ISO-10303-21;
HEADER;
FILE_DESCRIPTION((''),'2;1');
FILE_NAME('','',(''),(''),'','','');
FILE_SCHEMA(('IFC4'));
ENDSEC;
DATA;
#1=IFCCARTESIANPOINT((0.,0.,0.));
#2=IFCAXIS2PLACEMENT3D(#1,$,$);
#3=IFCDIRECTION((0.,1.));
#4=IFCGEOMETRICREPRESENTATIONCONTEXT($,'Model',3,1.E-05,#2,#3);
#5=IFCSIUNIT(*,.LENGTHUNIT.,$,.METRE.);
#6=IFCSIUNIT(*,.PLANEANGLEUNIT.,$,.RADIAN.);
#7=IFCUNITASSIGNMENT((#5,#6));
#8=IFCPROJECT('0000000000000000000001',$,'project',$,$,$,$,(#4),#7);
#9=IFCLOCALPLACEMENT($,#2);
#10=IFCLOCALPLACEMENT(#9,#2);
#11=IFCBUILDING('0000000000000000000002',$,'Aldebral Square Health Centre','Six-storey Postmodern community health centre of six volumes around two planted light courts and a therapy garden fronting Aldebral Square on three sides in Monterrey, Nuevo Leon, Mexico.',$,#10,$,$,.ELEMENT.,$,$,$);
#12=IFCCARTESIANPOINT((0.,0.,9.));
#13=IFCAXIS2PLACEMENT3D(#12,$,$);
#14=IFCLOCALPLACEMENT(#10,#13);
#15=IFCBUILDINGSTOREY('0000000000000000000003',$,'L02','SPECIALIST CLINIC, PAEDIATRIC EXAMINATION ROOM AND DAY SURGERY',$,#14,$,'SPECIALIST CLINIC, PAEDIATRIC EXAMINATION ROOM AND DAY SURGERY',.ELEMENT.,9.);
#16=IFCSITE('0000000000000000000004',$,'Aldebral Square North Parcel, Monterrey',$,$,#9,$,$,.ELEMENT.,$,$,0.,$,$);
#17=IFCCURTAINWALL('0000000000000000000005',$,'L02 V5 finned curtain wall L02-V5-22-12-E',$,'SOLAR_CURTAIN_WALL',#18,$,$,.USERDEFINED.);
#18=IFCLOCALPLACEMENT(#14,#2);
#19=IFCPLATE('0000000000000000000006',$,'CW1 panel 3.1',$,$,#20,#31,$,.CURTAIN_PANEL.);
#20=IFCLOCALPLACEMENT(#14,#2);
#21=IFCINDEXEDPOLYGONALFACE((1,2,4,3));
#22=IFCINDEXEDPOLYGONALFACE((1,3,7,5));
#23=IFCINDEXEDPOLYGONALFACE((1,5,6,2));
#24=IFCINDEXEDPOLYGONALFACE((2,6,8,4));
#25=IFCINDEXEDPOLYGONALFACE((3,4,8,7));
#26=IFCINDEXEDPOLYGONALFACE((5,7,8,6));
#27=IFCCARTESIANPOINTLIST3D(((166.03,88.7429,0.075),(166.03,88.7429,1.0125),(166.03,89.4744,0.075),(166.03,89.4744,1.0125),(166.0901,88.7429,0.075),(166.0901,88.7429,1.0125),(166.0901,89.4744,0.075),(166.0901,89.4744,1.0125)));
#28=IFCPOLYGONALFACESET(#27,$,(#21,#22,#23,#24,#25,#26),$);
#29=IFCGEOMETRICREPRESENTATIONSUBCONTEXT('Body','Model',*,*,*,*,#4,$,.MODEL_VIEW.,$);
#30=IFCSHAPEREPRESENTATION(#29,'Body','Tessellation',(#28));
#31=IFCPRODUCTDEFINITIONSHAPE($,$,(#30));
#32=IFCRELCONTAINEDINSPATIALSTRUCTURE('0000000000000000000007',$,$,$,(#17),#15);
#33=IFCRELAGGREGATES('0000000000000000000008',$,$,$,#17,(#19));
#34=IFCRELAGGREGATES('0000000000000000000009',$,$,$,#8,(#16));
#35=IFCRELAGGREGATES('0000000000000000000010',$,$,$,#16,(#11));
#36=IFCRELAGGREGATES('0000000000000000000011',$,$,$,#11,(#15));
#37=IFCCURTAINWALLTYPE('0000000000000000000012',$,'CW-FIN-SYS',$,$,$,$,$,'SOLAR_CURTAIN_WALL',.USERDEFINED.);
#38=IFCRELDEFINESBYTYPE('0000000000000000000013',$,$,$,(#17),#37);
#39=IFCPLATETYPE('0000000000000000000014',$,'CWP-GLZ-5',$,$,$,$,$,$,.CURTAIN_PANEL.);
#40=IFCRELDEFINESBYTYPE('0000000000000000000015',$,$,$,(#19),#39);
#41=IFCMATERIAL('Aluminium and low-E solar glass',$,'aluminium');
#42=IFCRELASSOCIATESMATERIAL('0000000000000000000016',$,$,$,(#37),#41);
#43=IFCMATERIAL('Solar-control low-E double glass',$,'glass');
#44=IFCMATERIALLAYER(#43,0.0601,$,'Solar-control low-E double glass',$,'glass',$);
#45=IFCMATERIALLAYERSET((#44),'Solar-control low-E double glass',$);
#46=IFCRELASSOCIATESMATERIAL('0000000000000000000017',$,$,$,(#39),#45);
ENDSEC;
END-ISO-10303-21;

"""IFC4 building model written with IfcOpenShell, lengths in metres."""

from ifc_helpers import new_model, si_unit, direction, frame, origin, origin_2d, place, context, subcontext, project, spatial, rectangle, extrude, material, layer, layer_set, type_object, element, aggregate, save


model = new_model("IFC4")

# Units and contexts
model_context = context("Model", 3, precision=1e-05, world=origin(), true_north=direction((0.0, 1.0)))
body_context = subcontext(model_context, "Body", "Model", "MODEL_VIEW")
ifc_project = project(units=[si_unit("LENGTHUNIT", "METRE"), si_unit("PLANEANGLEUNIT", "RADIAN")], contexts=[model_context])

# Site, building, storey
site_placement = place(None, origin())
site = spatial("IfcSite", under=ifc_project, at=site_placement, Name="Aldebral Square North Parcel, Monterrey", CompositionType="ELEMENT", RefElevation=0.0)
building_placement = place(site_placement, origin())
building = spatial("IfcBuilding", under=site, at=building_placement, Name="Aldebral Square Health Centre", Description="Six-storey Postmodern community health centre of six volumes around two planted light courts and a therapy garden fronting Aldebral Square on three sides in Monterrey, Nuevo Leon, Mexico.", CompositionType="ELEMENT")
storey_placement = place(building_placement, frame((0.0, 0.0, 9.0)))
storey = spatial("IfcBuildingStorey", under=building, at=storey_placement, Name="L02", Description="SPECIALIST CLINIC, PAEDIATRIC EXAMINATION ROOM AND DAY SURGERY", LongName="SPECIALIST CLINIC, PAEDIATRIC EXAMINATION ROOM AND DAY SURGERY", CompositionType="ELEMENT", Elevation=9.0)

# Curtain wall
ifc_material_1 = material(Name="Aluminium and low-E solar glass", Category="aluminium")
curtain_wall_type = type_object("IfcCurtainWallType", Name="CW-FIN-SYS", ElementType="SOLAR_CURTAIN_WALL", PredefinedType="USERDEFINED", material=ifc_material_1)
curtain_wall_1_placement = place(storey_placement, origin())
curtain_wall_1 = element("IfcCurtainWall", 1, at=curtain_wall_1_placement, inside=storey, type_object=curtain_wall_type, Name="L02 V5 finned curtain wall L02-V5-22-12-E", ObjectType="SOLAR_CURTAIN_WALL", PredefinedType="USERDEFINED")

# Plate
ifc_material_2 = material(Name="Solar-control low-E double glass", Category="glass")
ifc_layer_1 = layer(ifc_material_2, 0.0601, Name="Solar-control low-E double glass", Category="glass")
ifc_layer_set_1 = layer_set([ifc_layer_1], Name="Solar-control low-E double glass")
plate_type_1 = type_object("IfcPlateType", Name="CWP-GLZ-5", PredefinedType="CURTAIN_PANEL", material=ifc_layer_set_1)
plate_1_placement = place(storey_placement, frame((166.0601, 89.1086, 0.075), z_axis=(0.0, 0.0, 1.0), x_axis=(0.0, 1.0, 0.0)))
plate_1 = element("IfcPlate", 2, at=plate_1_placement, type_object=plate_type_1, Name="CW1 panel 3.1", PredefinedType="CURTAIN_PANEL", context=body_context, shape_type="SweptSolid", body=[
    extrude(rectangle(XDim=0.7314, YDim=0.0601, at=origin_2d()), origin(), (0.0, 0.0, 1.0), 0.9375),
])
aggregate(curtain_wall_1, [plate_1])

save(model, "model.ifc")
